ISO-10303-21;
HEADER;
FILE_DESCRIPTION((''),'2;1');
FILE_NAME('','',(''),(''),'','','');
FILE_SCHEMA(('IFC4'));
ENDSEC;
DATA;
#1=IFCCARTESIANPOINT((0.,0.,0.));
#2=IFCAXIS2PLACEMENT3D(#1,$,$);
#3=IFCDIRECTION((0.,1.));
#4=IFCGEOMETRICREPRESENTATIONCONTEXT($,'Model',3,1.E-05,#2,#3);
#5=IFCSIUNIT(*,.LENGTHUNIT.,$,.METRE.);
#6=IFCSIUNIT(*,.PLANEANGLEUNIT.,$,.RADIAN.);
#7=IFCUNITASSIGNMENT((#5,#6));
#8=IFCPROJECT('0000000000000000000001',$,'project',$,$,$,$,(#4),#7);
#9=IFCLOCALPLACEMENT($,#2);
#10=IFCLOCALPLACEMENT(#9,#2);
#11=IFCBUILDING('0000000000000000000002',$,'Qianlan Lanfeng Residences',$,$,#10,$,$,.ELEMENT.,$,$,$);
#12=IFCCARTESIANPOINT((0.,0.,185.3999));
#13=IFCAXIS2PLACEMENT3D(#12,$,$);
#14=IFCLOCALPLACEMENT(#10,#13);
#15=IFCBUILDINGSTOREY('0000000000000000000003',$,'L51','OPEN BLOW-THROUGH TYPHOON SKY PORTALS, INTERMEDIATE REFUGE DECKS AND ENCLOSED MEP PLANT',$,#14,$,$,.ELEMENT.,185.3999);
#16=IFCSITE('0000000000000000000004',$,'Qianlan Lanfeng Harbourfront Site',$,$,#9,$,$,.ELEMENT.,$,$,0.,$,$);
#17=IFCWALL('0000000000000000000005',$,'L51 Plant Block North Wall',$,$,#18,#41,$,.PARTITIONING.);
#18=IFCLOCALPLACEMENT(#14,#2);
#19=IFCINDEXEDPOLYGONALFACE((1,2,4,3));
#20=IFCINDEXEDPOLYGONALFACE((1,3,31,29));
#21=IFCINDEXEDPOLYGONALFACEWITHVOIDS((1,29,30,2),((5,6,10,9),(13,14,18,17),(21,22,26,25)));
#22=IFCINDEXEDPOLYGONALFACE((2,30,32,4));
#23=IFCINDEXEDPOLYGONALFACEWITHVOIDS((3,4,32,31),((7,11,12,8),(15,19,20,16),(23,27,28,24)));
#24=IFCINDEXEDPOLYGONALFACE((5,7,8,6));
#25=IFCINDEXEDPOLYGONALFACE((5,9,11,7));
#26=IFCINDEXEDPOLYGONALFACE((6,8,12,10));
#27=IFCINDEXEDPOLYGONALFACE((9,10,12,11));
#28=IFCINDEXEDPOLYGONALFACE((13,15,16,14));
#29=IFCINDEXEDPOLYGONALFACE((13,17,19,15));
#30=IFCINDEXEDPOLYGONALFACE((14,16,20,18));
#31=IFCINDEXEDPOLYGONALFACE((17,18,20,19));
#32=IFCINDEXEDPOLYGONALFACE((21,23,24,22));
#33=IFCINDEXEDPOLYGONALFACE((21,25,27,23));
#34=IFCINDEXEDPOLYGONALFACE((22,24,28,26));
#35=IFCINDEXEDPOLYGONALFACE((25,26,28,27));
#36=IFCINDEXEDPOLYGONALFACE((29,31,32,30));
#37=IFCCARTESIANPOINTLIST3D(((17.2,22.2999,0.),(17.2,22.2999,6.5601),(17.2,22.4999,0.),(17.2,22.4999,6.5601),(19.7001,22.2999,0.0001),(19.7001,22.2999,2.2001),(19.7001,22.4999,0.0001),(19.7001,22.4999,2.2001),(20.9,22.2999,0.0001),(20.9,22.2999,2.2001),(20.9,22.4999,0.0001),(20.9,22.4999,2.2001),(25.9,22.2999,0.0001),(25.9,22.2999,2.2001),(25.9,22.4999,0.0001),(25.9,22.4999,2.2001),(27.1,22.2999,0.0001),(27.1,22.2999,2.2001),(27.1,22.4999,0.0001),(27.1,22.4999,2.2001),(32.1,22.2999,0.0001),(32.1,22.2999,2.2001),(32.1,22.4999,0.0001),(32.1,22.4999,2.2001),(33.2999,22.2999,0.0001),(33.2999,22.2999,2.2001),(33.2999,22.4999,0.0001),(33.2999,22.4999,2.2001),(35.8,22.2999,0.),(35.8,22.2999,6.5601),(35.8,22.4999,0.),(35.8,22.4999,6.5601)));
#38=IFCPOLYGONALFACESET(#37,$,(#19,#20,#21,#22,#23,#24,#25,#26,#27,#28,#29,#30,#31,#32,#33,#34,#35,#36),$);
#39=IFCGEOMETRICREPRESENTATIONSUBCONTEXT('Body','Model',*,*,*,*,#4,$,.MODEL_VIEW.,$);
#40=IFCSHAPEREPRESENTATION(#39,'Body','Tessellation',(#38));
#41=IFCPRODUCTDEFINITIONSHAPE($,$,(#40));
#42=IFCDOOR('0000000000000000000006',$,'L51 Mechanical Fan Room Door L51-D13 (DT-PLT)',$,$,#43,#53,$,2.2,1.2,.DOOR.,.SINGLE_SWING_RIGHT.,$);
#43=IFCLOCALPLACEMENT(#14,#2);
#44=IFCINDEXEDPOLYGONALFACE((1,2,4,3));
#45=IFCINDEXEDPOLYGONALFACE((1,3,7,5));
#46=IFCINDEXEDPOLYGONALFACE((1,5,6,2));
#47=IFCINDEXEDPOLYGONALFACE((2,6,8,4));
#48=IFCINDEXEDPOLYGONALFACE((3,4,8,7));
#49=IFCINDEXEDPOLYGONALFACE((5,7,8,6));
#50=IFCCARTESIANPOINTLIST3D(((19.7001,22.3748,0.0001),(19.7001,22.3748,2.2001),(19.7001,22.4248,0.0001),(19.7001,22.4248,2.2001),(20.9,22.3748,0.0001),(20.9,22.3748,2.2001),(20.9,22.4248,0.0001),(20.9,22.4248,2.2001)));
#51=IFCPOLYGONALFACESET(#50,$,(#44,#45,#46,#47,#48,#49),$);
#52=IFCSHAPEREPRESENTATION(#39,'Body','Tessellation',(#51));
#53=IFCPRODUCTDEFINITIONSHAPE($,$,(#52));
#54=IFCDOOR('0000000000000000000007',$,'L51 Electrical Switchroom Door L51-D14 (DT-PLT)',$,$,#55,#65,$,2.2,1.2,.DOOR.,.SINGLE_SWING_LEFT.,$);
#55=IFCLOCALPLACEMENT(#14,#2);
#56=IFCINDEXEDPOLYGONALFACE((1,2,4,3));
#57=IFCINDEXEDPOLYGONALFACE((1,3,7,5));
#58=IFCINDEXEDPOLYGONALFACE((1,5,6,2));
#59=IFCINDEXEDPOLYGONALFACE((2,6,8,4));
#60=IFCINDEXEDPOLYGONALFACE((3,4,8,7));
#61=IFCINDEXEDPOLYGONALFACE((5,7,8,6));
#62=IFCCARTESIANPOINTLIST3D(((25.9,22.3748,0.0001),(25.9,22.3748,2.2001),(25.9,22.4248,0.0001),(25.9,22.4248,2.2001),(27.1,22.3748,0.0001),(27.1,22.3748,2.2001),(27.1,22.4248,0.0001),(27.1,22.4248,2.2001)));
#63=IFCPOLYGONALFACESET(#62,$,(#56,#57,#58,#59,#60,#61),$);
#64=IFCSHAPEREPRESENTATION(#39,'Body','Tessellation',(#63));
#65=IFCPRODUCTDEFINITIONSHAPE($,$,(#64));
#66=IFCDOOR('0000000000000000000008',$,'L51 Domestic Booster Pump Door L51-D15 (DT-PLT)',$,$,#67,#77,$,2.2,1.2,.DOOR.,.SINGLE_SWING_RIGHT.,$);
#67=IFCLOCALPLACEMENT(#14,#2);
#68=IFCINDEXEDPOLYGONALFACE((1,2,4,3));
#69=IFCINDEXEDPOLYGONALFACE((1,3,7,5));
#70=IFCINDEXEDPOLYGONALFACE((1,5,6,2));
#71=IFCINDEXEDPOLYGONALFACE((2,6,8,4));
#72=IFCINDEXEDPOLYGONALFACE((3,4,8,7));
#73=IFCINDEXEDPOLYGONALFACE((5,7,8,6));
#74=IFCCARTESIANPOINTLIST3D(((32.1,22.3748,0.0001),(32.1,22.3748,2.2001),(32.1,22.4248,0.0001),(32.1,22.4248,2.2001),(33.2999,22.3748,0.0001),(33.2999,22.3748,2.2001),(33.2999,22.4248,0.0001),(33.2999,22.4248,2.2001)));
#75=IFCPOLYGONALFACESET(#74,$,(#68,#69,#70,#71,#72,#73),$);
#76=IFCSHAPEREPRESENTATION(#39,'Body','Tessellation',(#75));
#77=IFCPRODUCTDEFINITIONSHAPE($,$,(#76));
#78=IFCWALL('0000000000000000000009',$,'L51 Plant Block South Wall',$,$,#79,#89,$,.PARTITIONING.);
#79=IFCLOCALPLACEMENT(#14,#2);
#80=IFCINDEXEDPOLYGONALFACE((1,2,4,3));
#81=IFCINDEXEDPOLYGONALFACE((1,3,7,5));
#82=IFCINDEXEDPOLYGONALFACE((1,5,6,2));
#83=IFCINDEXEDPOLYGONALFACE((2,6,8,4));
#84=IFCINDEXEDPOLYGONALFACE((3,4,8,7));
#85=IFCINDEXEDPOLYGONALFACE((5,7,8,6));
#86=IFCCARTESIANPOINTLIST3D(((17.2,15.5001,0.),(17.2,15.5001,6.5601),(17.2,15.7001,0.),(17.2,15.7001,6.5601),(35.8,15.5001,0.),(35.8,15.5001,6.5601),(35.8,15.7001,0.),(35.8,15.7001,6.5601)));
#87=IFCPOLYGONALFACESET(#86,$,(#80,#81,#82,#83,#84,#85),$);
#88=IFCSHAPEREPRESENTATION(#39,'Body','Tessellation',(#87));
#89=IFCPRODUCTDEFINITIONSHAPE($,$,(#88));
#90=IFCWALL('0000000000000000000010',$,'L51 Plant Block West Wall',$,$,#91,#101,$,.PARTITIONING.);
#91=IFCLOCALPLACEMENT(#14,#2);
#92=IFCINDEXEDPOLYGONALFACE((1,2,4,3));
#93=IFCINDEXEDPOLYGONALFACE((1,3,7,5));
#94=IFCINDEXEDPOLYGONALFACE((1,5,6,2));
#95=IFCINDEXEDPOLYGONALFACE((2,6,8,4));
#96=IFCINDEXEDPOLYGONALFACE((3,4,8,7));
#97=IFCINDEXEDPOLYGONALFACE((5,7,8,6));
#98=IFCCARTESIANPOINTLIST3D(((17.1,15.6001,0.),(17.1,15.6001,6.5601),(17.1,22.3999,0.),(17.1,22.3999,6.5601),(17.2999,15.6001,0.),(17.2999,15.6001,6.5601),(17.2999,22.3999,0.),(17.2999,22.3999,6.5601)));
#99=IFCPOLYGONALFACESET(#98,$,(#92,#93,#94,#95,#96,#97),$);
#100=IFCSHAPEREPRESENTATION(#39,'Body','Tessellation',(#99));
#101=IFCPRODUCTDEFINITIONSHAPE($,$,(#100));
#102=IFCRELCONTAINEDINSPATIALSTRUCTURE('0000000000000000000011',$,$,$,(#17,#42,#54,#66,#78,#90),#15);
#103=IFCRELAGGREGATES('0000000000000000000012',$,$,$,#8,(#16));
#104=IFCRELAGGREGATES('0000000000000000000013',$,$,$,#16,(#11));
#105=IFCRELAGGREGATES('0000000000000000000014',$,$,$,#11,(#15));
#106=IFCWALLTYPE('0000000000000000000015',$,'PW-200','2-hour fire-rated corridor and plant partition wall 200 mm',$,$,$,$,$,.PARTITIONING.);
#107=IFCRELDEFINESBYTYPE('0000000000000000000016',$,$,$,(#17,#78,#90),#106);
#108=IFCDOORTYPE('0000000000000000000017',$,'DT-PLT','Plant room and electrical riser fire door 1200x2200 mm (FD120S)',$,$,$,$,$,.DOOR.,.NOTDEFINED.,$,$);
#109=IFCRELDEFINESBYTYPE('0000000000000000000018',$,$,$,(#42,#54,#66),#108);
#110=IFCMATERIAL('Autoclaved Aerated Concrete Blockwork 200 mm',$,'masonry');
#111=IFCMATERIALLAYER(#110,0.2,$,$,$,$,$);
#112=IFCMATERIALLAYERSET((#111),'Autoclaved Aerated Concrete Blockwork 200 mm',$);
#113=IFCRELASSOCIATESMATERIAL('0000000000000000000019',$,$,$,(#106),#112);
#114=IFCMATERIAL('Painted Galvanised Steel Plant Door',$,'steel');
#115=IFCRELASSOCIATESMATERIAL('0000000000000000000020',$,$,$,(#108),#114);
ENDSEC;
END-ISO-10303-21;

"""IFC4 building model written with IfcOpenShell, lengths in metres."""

from ifc_helpers import new_model, si_unit, direction, frame, frame_2d, origin, place, context, subcontext, project, spatial, rectangle, extrude, material, layer, layer_set, type_object, element, fill, save


model = new_model("IFC4")

# Units and contexts
model_context = context("Model", 3, precision=1e-05, world=origin(), true_north=direction((0.0, 1.0)))
body_context = subcontext(model_context, "Body", "Model", "MODEL_VIEW")
ifc_project = project(units=[si_unit("LENGTHUNIT", "METRE"), si_unit("PLANEANGLEUNIT", "RADIAN")], contexts=[model_context])

# Site, building, storey
site_placement = place(None, origin())
site = spatial("IfcSite", under=ifc_project, at=site_placement, Name="Qianlan Lanfeng Harbourfront Site", CompositionType="ELEMENT", RefElevation=0.0)
building_placement = place(site_placement, origin())
building = spatial("IfcBuilding", under=site, at=building_placement, Name="Qianlan Lanfeng Residences", CompositionType="ELEMENT")
storey_placement = place(building_placement, frame((0.0, 0.0, 185.3999)))
storey = spatial("IfcBuildingStorey", under=building, at=storey_placement, Name="L51", Description="OPEN BLOW-THROUGH TYPHOON SKY PORTALS, INTERMEDIATE REFUGE DECKS AND ENCLOSED MEP PLANT", CompositionType="ELEMENT", Elevation=185.3999)

# Wall, openings, doors
ifc_material_1 = material(Name="Autoclaved Aerated Concrete Blockwork 200 mm", Category="masonry")
ifc_layer_1 = layer(ifc_material_1, 0.2)
ifc_layer_set_1 = layer_set([ifc_layer_1], Name="Autoclaved Aerated Concrete Blockwork 200 mm")
wall_type_1 = type_object("IfcWallType", Name="PW-200", Description="2-hour fire-rated corridor and plant partition wall 200 mm", PredefinedType="PARTITIONING", material=ifc_layer_set_1)
wall_1_placement = place(storey_placement, frame((17.2, 22.3999, 0.0), z_axis=(0.0, 0.0, 1.0), x_axis=(1.0, 0.0, 0.0)))
wall_1 = element("IfcWall", 1, at=wall_1_placement, inside=storey, type_object=wall_type_1, Name="L51 Plant Block North Wall", PredefinedType="PARTITIONING", context=body_context, shape_type="SweptSolid", body=[
    extrude(rectangle(XDim=18.6001, YDim=0.2, at=frame_2d((9.3, 0.0))), origin(), (0.0, 0.0, 1.0), 6.5601),
])
opening_1_placement = place(wall_1_placement, frame((2.5, 0.0, 0.0)))
opening_1 = element("IfcOpeningElement", 2, at=opening_1_placement, cuts=wall_1, PredefinedType="OPENING", context=body_context, shape_type="SweptSolid", body=[
    extrude(rectangle(XDim=1.2, YDim=2.2, at=frame_2d((0.6001, 1.1001))), frame((0.0, 0.1099, 0.0), z_axis=(0.0, -1.0, 0.0), x_axis=(1.0, 0.0, 0.0)), (0.0, 0.0, 1.0), 0.22),
])
opening_2_placement = place(wall_1_placement, frame((8.7, 0.0, 0.0)))
opening_2 = element("IfcOpeningElement", 3, at=opening_2_placement, cuts=wall_1, PredefinedType="OPENING", context=body_context, shape_type="SweptSolid", body=[
    extrude(rectangle(XDim=1.2, YDim=2.2, at=frame_2d((0.6001, 1.1001))), frame((0.0, 0.1099, 0.0), z_axis=(0.0, -1.0, 0.0), x_axis=(1.0, 0.0, 0.0)), (0.0, 0.0, 1.0), 0.22),
])
opening_3_placement = place(wall_1_placement, frame((14.8999, 0.0, 0.0)))
opening_3 = element("IfcOpeningElement", 4, at=opening_3_placement, cuts=wall_1, PredefinedType="OPENING", context=body_context, shape_type="SweptSolid", body=[
    extrude(rectangle(XDim=1.2, YDim=2.2, at=frame_2d((0.6001, 1.1001))), frame((0.0, 0.1099, 0.0), z_axis=(0.0, -1.0, 0.0), x_axis=(1.0, 0.0, 0.0)), (0.0, 0.0, 1.0), 0.22),
])
ifc_material_2 = material(Name="Painted Galvanised Steel Plant Door", Category="steel")
door_type = type_object("IfcDoorType", Name="DT-PLT", Description="Plant room and electrical riser fire door 1200x2200 mm (FD120S)", OperationType="NOTDEFINED", PredefinedType="DOOR", material=ifc_material_2)
door_1_placement = place(opening_1_placement, origin())
door_1 = element("IfcDoor", 5, at=door_1_placement, inside=storey, type_object=door_type, Name="L51 Mechanical Fan Room Door L51-D13 (DT-PLT)", OperationType="SINGLE_SWING_RIGHT", OverallHeight=2.2, OverallWidth=1.2, PredefinedType="DOOR", context=body_context, shape_type="SweptSolid", body=[
    extrude(rectangle(XDim=1.2, YDim=2.2, at=frame_2d((0.6001, 1.1001))), frame((0.0, 0.0249, 0.0), z_axis=(0.0, -1.0, 0.0), x_axis=(1.0, 0.0, 0.0)), (0.0, 0.0, 1.0), 0.05),
])
fill(opening_1, door_1)
door_2_placement = place(opening_2_placement, origin())
door_2 = element("IfcDoor", 6, at=door_2_placement, inside=storey, type_object=door_type, Name="L51 Electrical Switchroom Door L51-D14 (DT-PLT)", OperationType="SINGLE_SWING_LEFT", OverallHeight=2.2, OverallWidth=1.2, PredefinedType="DOOR", context=body_context, shape_type="SweptSolid", body=[
    extrude(rectangle(XDim=1.2, YDim=2.2, at=frame_2d((0.6001, 1.1001))), frame((0.0, 0.0249, 0.0), z_axis=(0.0, -1.0, 0.0), x_axis=(1.0, 0.0, 0.0)), (0.0, 0.0, 1.0), 0.05),
])
fill(opening_2, door_2)
door_3_placement = place(opening_3_placement, origin())
door_3 = element("IfcDoor", 7, at=door_3_placement, inside=storey, type_object=door_type, Name="L51 Domestic Booster Pump Door L51-D15 (DT-PLT)", OperationType="SINGLE_SWING_RIGHT", OverallHeight=2.2, OverallWidth=1.2, PredefinedType="DOOR", context=body_context, shape_type="SweptSolid", body=[
    extrude(rectangle(XDim=1.2, YDim=2.2, at=frame_2d((0.6001, 1.1001))), frame((0.0, 0.0249, 0.0), z_axis=(0.0, -1.0, 0.0), x_axis=(1.0, 0.0, 0.0)), (0.0, 0.0, 1.0), 0.05),
])
fill(opening_3, door_3)

# Walls
wall_2_placement = place(storey_placement, frame((17.2, 15.6001, 0.0), z_axis=(0.0, 0.0, 1.0), x_axis=(1.0, 0.0, 0.0)))
element("IfcWall", 8, at=wall_2_placement, inside=storey, type_object=wall_type_1, Name="L51 Plant Block South Wall", PredefinedType="PARTITIONING", context=body_context, shape_type="SweptSolid", body=[
    extrude(rectangle(XDim=18.6001, YDim=0.2, at=frame_2d((9.3, 0.0))), origin(), (0.0, 0.0, 1.0), 6.5601),
])
wall_3_placement = place(storey_placement, frame((17.2, 15.6001, 0.0), z_axis=(0.0, 0.0, 1.0), x_axis=(0.0, 1.0, 0.0)))
element("IfcWall", 9, at=wall_3_placement, inside=storey, type_object=wall_type_1, Name="L51 Plant Block West Wall", PredefinedType="PARTITIONING", context=body_context, shape_type="SweptSolid", body=[
    extrude(rectangle(XDim=6.7998, YDim=0.2, at=frame_2d((3.3999, 0.0))), origin(), (0.0, 0.0, 1.0), 6.5601),
])

save(model, "model.ifc")
